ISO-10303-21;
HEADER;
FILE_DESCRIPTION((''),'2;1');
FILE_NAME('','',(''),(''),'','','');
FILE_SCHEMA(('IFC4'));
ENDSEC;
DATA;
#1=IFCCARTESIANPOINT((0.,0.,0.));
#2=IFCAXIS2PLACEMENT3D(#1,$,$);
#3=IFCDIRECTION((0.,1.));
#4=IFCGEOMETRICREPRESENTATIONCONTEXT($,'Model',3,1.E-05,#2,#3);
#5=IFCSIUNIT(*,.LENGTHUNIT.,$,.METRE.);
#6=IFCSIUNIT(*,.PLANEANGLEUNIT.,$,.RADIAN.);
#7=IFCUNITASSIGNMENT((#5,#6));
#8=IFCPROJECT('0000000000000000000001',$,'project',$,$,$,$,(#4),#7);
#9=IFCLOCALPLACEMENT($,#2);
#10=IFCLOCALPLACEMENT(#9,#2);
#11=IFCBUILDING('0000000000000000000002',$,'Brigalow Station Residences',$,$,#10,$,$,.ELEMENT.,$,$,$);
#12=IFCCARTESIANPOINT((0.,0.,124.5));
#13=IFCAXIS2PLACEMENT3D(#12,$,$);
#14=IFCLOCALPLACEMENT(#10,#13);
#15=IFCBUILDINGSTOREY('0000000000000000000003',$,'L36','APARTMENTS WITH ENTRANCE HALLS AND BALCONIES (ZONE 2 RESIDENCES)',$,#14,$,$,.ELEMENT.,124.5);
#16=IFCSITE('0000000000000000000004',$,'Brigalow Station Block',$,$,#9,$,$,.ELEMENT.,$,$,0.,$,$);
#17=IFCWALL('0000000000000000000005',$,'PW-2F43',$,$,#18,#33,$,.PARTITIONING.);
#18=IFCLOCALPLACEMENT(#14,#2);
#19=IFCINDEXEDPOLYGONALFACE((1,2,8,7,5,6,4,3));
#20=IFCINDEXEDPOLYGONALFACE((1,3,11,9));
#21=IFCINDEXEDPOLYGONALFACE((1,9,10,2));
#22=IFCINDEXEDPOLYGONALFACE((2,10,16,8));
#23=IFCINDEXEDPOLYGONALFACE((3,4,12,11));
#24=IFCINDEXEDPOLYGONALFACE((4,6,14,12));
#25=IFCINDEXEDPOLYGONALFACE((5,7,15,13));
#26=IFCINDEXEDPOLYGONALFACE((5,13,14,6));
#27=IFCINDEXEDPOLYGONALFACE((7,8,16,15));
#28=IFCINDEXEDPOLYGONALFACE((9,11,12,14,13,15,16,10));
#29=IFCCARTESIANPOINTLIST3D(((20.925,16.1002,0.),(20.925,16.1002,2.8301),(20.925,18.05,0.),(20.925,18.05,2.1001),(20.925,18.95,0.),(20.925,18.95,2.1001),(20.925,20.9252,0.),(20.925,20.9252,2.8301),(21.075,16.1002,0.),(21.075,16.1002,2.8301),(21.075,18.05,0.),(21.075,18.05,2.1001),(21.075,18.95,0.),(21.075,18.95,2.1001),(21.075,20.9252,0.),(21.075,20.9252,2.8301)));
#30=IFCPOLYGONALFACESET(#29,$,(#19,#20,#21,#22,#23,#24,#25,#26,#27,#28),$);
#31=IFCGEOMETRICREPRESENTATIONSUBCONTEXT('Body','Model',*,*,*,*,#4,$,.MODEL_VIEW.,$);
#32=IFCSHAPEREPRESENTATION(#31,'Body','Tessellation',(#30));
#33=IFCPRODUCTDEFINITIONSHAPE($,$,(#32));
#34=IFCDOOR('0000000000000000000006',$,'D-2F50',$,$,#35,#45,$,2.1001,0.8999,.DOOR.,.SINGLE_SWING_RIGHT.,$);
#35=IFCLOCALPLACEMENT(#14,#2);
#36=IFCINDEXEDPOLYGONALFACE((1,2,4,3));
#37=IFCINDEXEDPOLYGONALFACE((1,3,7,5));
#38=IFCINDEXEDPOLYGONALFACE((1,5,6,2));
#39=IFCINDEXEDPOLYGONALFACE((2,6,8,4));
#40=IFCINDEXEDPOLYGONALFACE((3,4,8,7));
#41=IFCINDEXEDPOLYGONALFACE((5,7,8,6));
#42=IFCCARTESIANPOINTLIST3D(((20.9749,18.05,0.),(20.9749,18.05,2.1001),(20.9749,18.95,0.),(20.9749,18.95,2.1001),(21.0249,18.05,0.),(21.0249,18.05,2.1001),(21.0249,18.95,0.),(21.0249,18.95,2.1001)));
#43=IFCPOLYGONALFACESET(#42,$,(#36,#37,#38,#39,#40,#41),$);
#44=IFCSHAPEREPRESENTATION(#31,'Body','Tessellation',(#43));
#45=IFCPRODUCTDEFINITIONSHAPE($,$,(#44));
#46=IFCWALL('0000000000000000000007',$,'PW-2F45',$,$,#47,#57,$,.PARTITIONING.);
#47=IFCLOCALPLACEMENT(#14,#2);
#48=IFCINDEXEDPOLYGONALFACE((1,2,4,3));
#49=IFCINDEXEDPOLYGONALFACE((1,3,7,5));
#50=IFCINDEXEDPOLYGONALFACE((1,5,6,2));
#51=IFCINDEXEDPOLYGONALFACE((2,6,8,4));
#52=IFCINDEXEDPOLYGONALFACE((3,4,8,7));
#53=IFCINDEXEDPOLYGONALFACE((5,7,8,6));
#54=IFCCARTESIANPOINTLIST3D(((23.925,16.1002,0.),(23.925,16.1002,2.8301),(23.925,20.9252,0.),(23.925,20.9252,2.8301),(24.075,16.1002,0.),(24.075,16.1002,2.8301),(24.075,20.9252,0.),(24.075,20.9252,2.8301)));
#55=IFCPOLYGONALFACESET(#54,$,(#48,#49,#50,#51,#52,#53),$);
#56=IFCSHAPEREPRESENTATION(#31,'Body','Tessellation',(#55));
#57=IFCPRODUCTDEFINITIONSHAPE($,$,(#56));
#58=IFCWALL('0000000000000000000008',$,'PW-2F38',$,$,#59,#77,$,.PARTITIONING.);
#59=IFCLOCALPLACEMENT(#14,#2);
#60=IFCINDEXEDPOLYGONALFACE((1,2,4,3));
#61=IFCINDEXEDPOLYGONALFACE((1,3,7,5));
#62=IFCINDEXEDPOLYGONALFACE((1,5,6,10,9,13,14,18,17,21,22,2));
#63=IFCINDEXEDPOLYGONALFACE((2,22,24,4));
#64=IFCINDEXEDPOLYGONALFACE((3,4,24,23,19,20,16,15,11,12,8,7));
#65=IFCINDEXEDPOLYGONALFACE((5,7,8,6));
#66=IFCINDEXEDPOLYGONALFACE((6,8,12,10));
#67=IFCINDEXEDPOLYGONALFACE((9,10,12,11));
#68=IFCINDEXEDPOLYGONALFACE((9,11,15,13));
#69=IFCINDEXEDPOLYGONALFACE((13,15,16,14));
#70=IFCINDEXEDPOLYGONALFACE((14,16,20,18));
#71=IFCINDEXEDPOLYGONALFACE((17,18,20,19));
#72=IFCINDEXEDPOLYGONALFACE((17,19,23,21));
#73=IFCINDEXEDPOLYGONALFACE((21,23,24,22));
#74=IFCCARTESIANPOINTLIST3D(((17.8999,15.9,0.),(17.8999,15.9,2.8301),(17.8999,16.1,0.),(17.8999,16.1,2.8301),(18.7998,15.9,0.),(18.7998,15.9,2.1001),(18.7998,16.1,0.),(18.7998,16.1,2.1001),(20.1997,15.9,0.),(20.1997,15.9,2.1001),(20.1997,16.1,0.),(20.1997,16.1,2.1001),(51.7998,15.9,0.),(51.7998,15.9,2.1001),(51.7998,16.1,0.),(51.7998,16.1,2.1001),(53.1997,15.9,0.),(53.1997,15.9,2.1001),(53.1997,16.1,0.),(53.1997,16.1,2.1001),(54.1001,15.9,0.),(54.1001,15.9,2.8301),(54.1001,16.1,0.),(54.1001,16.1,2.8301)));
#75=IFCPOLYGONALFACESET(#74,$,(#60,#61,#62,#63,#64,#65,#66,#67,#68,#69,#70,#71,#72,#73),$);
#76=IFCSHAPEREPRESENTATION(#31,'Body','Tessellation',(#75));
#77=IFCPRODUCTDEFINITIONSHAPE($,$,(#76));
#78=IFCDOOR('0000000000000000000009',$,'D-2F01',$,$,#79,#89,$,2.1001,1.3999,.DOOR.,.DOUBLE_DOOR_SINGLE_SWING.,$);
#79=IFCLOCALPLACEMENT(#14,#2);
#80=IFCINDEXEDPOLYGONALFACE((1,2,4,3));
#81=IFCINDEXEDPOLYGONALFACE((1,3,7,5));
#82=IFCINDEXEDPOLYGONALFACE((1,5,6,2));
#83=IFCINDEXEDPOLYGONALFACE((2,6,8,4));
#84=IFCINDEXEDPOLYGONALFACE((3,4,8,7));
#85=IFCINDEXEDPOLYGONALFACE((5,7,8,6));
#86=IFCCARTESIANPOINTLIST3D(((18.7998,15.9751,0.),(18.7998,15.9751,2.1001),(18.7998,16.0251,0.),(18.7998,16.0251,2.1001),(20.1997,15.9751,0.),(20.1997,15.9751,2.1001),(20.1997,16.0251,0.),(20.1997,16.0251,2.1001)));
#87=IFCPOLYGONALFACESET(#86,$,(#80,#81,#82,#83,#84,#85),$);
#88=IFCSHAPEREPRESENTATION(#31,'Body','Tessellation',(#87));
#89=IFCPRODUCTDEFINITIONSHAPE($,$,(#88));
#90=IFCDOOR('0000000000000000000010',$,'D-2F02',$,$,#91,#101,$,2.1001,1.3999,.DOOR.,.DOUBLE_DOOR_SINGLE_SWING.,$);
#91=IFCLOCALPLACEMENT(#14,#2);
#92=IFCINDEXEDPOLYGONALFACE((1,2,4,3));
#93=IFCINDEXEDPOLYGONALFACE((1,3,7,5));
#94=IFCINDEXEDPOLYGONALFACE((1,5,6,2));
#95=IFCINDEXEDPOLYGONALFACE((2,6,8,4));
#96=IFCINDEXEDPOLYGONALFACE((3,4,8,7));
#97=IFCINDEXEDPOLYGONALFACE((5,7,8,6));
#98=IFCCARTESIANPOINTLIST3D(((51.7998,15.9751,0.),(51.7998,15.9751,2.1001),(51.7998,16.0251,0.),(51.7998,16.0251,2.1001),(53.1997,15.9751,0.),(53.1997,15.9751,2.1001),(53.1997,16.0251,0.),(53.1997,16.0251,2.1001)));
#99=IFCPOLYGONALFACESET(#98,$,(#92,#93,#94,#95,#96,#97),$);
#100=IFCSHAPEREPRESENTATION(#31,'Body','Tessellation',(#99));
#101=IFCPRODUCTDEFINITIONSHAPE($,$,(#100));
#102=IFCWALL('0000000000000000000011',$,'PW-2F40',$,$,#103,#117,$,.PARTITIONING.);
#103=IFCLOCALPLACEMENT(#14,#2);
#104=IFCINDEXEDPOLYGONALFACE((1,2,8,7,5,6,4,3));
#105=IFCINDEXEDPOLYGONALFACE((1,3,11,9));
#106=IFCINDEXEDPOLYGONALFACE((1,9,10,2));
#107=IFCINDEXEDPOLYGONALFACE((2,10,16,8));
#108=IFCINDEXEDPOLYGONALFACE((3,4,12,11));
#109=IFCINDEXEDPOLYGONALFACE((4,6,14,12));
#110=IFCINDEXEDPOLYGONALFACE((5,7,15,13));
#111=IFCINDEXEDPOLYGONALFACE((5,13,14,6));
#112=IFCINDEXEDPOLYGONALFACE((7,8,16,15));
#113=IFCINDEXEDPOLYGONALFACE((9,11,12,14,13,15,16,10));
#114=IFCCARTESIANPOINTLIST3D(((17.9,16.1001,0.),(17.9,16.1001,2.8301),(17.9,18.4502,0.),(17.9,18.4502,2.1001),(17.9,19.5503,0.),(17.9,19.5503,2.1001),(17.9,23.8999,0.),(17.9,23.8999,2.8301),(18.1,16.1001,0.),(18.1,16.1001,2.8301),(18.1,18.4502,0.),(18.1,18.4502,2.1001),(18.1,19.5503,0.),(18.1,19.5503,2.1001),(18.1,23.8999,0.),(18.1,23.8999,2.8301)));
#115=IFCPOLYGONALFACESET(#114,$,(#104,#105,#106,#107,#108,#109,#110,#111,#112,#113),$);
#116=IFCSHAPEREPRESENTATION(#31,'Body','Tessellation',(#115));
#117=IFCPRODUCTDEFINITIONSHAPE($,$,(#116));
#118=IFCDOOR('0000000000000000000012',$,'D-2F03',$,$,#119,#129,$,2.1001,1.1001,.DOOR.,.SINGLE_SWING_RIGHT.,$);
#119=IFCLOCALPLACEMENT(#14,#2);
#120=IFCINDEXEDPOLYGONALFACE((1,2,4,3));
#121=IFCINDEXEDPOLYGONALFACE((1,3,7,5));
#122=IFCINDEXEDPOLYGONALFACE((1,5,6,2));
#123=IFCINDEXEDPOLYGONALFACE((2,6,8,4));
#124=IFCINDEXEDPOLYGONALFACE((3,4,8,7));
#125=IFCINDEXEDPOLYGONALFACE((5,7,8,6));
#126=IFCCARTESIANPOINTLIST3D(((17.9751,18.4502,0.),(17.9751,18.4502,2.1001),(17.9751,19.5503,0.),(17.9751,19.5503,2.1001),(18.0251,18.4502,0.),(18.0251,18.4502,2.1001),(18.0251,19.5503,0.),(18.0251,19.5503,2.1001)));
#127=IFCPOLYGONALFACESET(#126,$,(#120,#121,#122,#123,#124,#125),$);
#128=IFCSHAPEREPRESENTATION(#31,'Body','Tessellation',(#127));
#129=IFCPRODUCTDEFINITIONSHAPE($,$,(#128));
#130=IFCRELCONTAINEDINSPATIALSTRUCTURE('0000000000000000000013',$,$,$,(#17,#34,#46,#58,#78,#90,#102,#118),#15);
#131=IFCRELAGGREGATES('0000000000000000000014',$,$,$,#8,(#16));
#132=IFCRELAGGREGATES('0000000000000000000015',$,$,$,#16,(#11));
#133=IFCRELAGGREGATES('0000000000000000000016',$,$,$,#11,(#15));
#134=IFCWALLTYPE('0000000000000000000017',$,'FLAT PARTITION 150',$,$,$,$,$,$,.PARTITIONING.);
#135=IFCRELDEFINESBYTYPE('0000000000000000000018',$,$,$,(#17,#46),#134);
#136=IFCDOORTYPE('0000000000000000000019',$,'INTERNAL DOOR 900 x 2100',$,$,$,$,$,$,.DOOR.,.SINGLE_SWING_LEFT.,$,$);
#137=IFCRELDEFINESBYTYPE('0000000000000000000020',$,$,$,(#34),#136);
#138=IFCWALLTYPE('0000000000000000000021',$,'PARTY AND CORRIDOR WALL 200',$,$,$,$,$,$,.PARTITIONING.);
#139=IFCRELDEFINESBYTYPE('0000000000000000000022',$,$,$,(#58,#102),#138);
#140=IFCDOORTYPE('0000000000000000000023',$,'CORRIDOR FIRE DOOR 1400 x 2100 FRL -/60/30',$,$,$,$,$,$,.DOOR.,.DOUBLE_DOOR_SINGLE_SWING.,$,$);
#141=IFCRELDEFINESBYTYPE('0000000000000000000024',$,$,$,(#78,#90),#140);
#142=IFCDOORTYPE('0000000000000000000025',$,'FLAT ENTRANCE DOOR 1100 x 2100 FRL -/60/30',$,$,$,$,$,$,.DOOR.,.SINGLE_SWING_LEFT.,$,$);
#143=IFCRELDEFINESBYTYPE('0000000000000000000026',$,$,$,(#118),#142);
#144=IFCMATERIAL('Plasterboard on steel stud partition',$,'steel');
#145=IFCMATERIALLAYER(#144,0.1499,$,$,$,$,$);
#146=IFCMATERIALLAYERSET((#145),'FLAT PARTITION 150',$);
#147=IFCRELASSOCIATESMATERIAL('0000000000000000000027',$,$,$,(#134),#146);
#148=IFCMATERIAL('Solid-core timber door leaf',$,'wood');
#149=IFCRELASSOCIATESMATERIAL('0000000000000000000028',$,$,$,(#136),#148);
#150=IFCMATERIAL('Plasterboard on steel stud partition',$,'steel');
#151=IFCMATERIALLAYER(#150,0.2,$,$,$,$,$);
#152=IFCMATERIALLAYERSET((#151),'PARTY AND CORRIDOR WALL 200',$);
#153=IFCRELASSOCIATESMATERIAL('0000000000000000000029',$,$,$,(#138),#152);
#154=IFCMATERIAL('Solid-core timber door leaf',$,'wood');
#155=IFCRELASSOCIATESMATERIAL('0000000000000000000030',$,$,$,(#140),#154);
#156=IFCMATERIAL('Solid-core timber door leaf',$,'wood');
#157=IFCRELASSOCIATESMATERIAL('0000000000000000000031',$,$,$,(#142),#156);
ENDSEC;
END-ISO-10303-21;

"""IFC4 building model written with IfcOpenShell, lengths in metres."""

from ifc_helpers import new_model, si_unit, direction, frame, frame_2d, origin, place, context, subcontext, project, spatial, rectangle, extrude, material, layer, layer_set, type_object, element, fill, save


model = new_model("IFC4")

# Units and contexts
model_context = context("Model", 3, precision=1e-05, world=origin(), true_north=direction((0.0, 1.0)))
body_context = subcontext(model_context, "Body", "Model", "MODEL_VIEW")
ifc_project = project(units=[si_unit("LENGTHUNIT", "METRE"), si_unit("PLANEANGLEUNIT", "RADIAN")], contexts=[model_context])

# Site, building, storey
site_placement = place(None, origin())
site = spatial("IfcSite", under=ifc_project, at=site_placement, Name="Brigalow Station Block", CompositionType="ELEMENT", RefElevation=0.0)
building_placement = place(site_placement, origin())
building = spatial("IfcBuilding", under=site, at=building_placement, Name="Brigalow Station Residences", CompositionType="ELEMENT")
storey_placement = place(building_placement, frame((0.0, 0.0, 124.5)))
storey = spatial("IfcBuildingStorey", under=building, at=storey_placement, Name="L36", Description="APARTMENTS WITH ENTRANCE HALLS AND BALCONIES (ZONE 2 RESIDENCES)", CompositionType="ELEMENT", Elevation=124.5)

# Shared definitions
ifc_material_1 = material(Name="Plasterboard on steel stud partition", Category="steel")
ifc_layer_1 = layer(ifc_material_1, 0.1499)
ifc_layer_set_1 = layer_set([ifc_layer_1], Name="FLAT PARTITION 150")
wall_type_1 = type_object("IfcWallType", Name="FLAT PARTITION 150", PredefinedType="PARTITIONING", material=ifc_layer_set_1)
ifc_material_2 = material(Name="Solid-core timber door leaf", Category="wood")
door_type_1 = type_object("IfcDoorType", Name="INTERNAL DOOR 900 x 2100", OperationType="SINGLE_SWING_LEFT", PredefinedType="DOOR", material=ifc_material_2)

# Wall, opening, door
wall_1_placement = place(storey_placement, frame((21.0, 16.1001, 0.0), z_axis=(0.0, 0.0, 1.0), x_axis=(0.0, 1.0, 0.0)))
wall_1 = element("IfcWall", 1, at=wall_1_placement, inside=storey, type_object=wall_type_1, Name="PW-2F43", PredefinedType="PARTITIONING", context=body_context, shape_type="SweptSolid", body=[
    extrude(rectangle(XDim=4.825, YDim=0.1499, at=frame_2d((2.4126, 0.0))), origin(), (0.0, 0.0, 1.0), 2.8301),
])
opening_1_placement = place(wall_1_placement, frame((1.95, 0.0, 0.0)))
opening_1 = element("IfcOpeningElement", 2, at=opening_1_placement, cuts=wall_1, PredefinedType="OPENING", context=body_context, shape_type="SweptSolid", body=[
    extrude(rectangle(XDim=0.8999, YDim=2.1001, at=frame_2d((0.45, 1.05))), frame((0.0, 0.085, 0.0), z_axis=(0.0, -1.0, 0.0), x_axis=(1.0, 0.0, 0.0)), (0.0, 0.0, 1.0), 0.1699),
])
door_1_placement = place(opening_1_placement, frame((0.8999, 0.0, 0.0), z_axis=(0.0, 0.0, 1.0), x_axis=(-1.0, 0.0, 0.0)))
door_1 = element("IfcDoor", 3, at=door_1_placement, inside=storey, type_object=door_type_1, Name="D-2F50", OperationType="SINGLE_SWING_RIGHT", OverallHeight=2.1001, OverallWidth=0.8999, PredefinedType="DOOR", context=body_context, shape_type="SweptSolid", body=[
    extrude(rectangle(XDim=0.8999, YDim=2.1001, at=frame_2d((0.45, 1.05))), frame((0.0, 0.0249, 0.0), z_axis=(0.0, -1.0, 0.0), x_axis=(1.0, 0.0, 0.0)), (0.0, 0.0, 1.0), 0.05),
])
fill(opening_1, door_1)

# Wall
wall_2_placement = place(storey_placement, frame((24.0, 16.1001, 0.0), z_axis=(0.0, 0.0, 1.0), x_axis=(0.0, 1.0, 0.0)))
element("IfcWall", 4, at=wall_2_placement, inside=storey, type_object=wall_type_1, Name="PW-2F45", PredefinedType="PARTITIONING", context=body_context, shape_type="SweptSolid", body=[
    extrude(rectangle(XDim=4.825, YDim=0.1499, at=frame_2d((2.4126, 0.0))), origin(), (0.0, 0.0, 1.0), 2.8301),
])

# Wall, openings, doors
ifc_material_3 = material(Name="Plasterboard on steel stud partition", Category="steel")
ifc_layer_2 = layer(ifc_material_3, 0.2)
ifc_layer_set_2 = layer_set([ifc_layer_2], Name="PARTY AND CORRIDOR WALL 200")
wall_type_2 = type_object("IfcWallType", Name="PARTY AND CORRIDOR WALL 200", PredefinedType="PARTITIONING", material=ifc_layer_set_2)
wall_3_placement = place(storey_placement, frame((17.8999, 16.0, 0.0), z_axis=(0.0, 0.0, 1.0), x_axis=(1.0, 0.0, 0.0)))
wall_3 = element("IfcWall", 5, at=wall_3_placement, inside=storey, type_object=wall_type_2, Name="PW-2F38", PredefinedType="PARTITIONING", context=body_context, shape_type="SweptSolid", body=[
    extrude(rectangle(XDim=36.2002, YDim=0.2, at=frame_2d((18.1001, 0.0))), origin(), (0.0, 0.0, 1.0), 2.8301),
])
opening_2_placement = place(wall_3_placement, frame((0.8999, 0.0, 0.0)))
opening_2 = element("IfcOpeningElement", 6, at=opening_2_placement, cuts=wall_3, PredefinedType="OPENING", context=body_context, shape_type="SweptSolid", body=[
    extrude(rectangle(XDim=1.3999, YDim=2.1001, at=frame_2d((0.7, 1.05))), frame((0.0, 0.1099, 0.0), z_axis=(0.0, -1.0, 0.0), x_axis=(1.0, 0.0, 0.0)), (0.0, 0.0, 1.0), 0.22),
])
opening_3_placement = place(wall_3_placement, frame((33.8999, 0.0, 0.0)))
opening_3 = element("IfcOpeningElement", 7, at=opening_3_placement, cuts=wall_3, PredefinedType="OPENING", context=body_context, shape_type="SweptSolid", body=[
    extrude(rectangle(XDim=1.3999, YDim=2.1001, at=frame_2d((0.7, 1.05))), frame((0.0, 0.1099, 0.0), z_axis=(0.0, -1.0, 0.0), x_axis=(1.0, 0.0, 0.0)), (0.0, 0.0, 1.0), 0.22),
])
ifc_material_4 = material(Name="Solid-core timber door leaf", Category="wood")
door_type_2 = type_object("IfcDoorType", Name="CORRIDOR FIRE DOOR 1400 x 2100 FRL -/60/30", OperationType="DOUBLE_DOOR_SINGLE_SWING", PredefinedType="DOOR", material=ifc_material_4)
door_2_placement = place(opening_2_placement, frame((1.3999, 0.0, 0.0), z_axis=(0.0, 0.0, 1.0), x_axis=(-1.0, 0.0, 0.0)))
door_2 = element("IfcDoor", 8, at=door_2_placement, inside=storey, type_object=door_type_2, Name="D-2F01", OperationType="DOUBLE_DOOR_SINGLE_SWING", OverallHeight=2.1001, OverallWidth=1.3999, PredefinedType="DOOR", context=body_context, shape_type="SweptSolid", body=[
    extrude(rectangle(XDim=1.3999, YDim=2.1001, at=frame_2d((0.7, 1.05))), frame((0.0, 0.0249, 0.0), z_axis=(0.0, -1.0, 0.0), x_axis=(1.0, 0.0, 0.0)), (0.0, 0.0, 1.0), 0.05),
])
fill(opening_2, door_2)
door_3_placement = place(opening_3_placement, frame((1.3999, 0.0, 0.0), z_axis=(0.0, 0.0, 1.0), x_axis=(-1.0, 0.0, 0.0)))
door_3 = element("IfcDoor", 9, at=door_3_placement, inside=storey, type_object=door_type_2, Name="D-2F02", OperationType="DOUBLE_DOOR_SINGLE_SWING", OverallHeight=2.1001, OverallWidth=1.3999, PredefinedType="DOOR", context=body_context, shape_type="SweptSolid", body=[
    extrude(rectangle(XDim=1.3999, YDim=2.1001, at=frame_2d((0.7, 1.05))), frame((0.0, 0.0249, 0.0), z_axis=(0.0, -1.0, 0.0), x_axis=(1.0, 0.0, 0.0)), (0.0, 0.0, 1.0), 0.05),
])
fill(opening_3, door_3)

# Wall, opening, door
wall_4_placement = place(storey_placement, frame((18.0, 16.1001, 0.0), z_axis=(0.0, 0.0, 1.0), x_axis=(0.0, 1.0, 0.0)))
wall_4 = element("IfcWall", 10, at=wall_4_placement, inside=storey, type_object=wall_type_2, Name="PW-2F40", PredefinedType="PARTITIONING", context=body_context, shape_type="SweptSolid", body=[
    extrude(rectangle(XDim=7.7998, YDim=0.2, at=frame_2d((3.8999, 0.0))), origin(), (0.0, 0.0, 1.0), 2.8301),
])
opening_4_placement = place(wall_4_placement, frame((2.3501, 0.0, 0.0)))
opening_4 = element("IfcOpeningElement", 11, at=opening_4_placement, cuts=wall_4, PredefinedType="OPENING", context=body_context, shape_type="SweptSolid", body=[
    extrude(rectangle(XDim=1.1001, YDim=2.1001, at=frame_2d((0.55, 1.05))), frame((0.0, 0.1099, 0.0), z_axis=(0.0, -1.0, 0.0), x_axis=(1.0, 0.0, 0.0)), (0.0, 0.0, 1.0), 0.22),
])
ifc_material_5 = material(Name="Solid-core timber door leaf", Category="wood")
door_type_3 = type_object("IfcDoorType", Name="FLAT ENTRANCE DOOR 1100 x 2100 FRL -/60/30", OperationType="SINGLE_SWING_LEFT", PredefinedType="DOOR", material=ifc_material_5)
door_4_placement = place(opening_4_placement, origin())
door_4 = element("IfcDoor", 12, at=door_4_placement, inside=storey, type_object=door_type_3, Name="D-2F03", OperationType="SINGLE_SWING_RIGHT", OverallHeight=2.1001, OverallWidth=1.1001, PredefinedType="DOOR", context=body_context, shape_type="SweptSolid", body=[
    extrude(rectangle(XDim=1.1001, YDim=2.1001, at=frame_2d((0.55, 1.05))), frame((0.0, 0.0249, 0.0), z_axis=(0.0, -1.0, 0.0), x_axis=(1.0, 0.0, 0.0)), (0.0, 0.0, 1.0), 0.05),
])
fill(opening_4, door_4)

save(model, "model.ifc")
